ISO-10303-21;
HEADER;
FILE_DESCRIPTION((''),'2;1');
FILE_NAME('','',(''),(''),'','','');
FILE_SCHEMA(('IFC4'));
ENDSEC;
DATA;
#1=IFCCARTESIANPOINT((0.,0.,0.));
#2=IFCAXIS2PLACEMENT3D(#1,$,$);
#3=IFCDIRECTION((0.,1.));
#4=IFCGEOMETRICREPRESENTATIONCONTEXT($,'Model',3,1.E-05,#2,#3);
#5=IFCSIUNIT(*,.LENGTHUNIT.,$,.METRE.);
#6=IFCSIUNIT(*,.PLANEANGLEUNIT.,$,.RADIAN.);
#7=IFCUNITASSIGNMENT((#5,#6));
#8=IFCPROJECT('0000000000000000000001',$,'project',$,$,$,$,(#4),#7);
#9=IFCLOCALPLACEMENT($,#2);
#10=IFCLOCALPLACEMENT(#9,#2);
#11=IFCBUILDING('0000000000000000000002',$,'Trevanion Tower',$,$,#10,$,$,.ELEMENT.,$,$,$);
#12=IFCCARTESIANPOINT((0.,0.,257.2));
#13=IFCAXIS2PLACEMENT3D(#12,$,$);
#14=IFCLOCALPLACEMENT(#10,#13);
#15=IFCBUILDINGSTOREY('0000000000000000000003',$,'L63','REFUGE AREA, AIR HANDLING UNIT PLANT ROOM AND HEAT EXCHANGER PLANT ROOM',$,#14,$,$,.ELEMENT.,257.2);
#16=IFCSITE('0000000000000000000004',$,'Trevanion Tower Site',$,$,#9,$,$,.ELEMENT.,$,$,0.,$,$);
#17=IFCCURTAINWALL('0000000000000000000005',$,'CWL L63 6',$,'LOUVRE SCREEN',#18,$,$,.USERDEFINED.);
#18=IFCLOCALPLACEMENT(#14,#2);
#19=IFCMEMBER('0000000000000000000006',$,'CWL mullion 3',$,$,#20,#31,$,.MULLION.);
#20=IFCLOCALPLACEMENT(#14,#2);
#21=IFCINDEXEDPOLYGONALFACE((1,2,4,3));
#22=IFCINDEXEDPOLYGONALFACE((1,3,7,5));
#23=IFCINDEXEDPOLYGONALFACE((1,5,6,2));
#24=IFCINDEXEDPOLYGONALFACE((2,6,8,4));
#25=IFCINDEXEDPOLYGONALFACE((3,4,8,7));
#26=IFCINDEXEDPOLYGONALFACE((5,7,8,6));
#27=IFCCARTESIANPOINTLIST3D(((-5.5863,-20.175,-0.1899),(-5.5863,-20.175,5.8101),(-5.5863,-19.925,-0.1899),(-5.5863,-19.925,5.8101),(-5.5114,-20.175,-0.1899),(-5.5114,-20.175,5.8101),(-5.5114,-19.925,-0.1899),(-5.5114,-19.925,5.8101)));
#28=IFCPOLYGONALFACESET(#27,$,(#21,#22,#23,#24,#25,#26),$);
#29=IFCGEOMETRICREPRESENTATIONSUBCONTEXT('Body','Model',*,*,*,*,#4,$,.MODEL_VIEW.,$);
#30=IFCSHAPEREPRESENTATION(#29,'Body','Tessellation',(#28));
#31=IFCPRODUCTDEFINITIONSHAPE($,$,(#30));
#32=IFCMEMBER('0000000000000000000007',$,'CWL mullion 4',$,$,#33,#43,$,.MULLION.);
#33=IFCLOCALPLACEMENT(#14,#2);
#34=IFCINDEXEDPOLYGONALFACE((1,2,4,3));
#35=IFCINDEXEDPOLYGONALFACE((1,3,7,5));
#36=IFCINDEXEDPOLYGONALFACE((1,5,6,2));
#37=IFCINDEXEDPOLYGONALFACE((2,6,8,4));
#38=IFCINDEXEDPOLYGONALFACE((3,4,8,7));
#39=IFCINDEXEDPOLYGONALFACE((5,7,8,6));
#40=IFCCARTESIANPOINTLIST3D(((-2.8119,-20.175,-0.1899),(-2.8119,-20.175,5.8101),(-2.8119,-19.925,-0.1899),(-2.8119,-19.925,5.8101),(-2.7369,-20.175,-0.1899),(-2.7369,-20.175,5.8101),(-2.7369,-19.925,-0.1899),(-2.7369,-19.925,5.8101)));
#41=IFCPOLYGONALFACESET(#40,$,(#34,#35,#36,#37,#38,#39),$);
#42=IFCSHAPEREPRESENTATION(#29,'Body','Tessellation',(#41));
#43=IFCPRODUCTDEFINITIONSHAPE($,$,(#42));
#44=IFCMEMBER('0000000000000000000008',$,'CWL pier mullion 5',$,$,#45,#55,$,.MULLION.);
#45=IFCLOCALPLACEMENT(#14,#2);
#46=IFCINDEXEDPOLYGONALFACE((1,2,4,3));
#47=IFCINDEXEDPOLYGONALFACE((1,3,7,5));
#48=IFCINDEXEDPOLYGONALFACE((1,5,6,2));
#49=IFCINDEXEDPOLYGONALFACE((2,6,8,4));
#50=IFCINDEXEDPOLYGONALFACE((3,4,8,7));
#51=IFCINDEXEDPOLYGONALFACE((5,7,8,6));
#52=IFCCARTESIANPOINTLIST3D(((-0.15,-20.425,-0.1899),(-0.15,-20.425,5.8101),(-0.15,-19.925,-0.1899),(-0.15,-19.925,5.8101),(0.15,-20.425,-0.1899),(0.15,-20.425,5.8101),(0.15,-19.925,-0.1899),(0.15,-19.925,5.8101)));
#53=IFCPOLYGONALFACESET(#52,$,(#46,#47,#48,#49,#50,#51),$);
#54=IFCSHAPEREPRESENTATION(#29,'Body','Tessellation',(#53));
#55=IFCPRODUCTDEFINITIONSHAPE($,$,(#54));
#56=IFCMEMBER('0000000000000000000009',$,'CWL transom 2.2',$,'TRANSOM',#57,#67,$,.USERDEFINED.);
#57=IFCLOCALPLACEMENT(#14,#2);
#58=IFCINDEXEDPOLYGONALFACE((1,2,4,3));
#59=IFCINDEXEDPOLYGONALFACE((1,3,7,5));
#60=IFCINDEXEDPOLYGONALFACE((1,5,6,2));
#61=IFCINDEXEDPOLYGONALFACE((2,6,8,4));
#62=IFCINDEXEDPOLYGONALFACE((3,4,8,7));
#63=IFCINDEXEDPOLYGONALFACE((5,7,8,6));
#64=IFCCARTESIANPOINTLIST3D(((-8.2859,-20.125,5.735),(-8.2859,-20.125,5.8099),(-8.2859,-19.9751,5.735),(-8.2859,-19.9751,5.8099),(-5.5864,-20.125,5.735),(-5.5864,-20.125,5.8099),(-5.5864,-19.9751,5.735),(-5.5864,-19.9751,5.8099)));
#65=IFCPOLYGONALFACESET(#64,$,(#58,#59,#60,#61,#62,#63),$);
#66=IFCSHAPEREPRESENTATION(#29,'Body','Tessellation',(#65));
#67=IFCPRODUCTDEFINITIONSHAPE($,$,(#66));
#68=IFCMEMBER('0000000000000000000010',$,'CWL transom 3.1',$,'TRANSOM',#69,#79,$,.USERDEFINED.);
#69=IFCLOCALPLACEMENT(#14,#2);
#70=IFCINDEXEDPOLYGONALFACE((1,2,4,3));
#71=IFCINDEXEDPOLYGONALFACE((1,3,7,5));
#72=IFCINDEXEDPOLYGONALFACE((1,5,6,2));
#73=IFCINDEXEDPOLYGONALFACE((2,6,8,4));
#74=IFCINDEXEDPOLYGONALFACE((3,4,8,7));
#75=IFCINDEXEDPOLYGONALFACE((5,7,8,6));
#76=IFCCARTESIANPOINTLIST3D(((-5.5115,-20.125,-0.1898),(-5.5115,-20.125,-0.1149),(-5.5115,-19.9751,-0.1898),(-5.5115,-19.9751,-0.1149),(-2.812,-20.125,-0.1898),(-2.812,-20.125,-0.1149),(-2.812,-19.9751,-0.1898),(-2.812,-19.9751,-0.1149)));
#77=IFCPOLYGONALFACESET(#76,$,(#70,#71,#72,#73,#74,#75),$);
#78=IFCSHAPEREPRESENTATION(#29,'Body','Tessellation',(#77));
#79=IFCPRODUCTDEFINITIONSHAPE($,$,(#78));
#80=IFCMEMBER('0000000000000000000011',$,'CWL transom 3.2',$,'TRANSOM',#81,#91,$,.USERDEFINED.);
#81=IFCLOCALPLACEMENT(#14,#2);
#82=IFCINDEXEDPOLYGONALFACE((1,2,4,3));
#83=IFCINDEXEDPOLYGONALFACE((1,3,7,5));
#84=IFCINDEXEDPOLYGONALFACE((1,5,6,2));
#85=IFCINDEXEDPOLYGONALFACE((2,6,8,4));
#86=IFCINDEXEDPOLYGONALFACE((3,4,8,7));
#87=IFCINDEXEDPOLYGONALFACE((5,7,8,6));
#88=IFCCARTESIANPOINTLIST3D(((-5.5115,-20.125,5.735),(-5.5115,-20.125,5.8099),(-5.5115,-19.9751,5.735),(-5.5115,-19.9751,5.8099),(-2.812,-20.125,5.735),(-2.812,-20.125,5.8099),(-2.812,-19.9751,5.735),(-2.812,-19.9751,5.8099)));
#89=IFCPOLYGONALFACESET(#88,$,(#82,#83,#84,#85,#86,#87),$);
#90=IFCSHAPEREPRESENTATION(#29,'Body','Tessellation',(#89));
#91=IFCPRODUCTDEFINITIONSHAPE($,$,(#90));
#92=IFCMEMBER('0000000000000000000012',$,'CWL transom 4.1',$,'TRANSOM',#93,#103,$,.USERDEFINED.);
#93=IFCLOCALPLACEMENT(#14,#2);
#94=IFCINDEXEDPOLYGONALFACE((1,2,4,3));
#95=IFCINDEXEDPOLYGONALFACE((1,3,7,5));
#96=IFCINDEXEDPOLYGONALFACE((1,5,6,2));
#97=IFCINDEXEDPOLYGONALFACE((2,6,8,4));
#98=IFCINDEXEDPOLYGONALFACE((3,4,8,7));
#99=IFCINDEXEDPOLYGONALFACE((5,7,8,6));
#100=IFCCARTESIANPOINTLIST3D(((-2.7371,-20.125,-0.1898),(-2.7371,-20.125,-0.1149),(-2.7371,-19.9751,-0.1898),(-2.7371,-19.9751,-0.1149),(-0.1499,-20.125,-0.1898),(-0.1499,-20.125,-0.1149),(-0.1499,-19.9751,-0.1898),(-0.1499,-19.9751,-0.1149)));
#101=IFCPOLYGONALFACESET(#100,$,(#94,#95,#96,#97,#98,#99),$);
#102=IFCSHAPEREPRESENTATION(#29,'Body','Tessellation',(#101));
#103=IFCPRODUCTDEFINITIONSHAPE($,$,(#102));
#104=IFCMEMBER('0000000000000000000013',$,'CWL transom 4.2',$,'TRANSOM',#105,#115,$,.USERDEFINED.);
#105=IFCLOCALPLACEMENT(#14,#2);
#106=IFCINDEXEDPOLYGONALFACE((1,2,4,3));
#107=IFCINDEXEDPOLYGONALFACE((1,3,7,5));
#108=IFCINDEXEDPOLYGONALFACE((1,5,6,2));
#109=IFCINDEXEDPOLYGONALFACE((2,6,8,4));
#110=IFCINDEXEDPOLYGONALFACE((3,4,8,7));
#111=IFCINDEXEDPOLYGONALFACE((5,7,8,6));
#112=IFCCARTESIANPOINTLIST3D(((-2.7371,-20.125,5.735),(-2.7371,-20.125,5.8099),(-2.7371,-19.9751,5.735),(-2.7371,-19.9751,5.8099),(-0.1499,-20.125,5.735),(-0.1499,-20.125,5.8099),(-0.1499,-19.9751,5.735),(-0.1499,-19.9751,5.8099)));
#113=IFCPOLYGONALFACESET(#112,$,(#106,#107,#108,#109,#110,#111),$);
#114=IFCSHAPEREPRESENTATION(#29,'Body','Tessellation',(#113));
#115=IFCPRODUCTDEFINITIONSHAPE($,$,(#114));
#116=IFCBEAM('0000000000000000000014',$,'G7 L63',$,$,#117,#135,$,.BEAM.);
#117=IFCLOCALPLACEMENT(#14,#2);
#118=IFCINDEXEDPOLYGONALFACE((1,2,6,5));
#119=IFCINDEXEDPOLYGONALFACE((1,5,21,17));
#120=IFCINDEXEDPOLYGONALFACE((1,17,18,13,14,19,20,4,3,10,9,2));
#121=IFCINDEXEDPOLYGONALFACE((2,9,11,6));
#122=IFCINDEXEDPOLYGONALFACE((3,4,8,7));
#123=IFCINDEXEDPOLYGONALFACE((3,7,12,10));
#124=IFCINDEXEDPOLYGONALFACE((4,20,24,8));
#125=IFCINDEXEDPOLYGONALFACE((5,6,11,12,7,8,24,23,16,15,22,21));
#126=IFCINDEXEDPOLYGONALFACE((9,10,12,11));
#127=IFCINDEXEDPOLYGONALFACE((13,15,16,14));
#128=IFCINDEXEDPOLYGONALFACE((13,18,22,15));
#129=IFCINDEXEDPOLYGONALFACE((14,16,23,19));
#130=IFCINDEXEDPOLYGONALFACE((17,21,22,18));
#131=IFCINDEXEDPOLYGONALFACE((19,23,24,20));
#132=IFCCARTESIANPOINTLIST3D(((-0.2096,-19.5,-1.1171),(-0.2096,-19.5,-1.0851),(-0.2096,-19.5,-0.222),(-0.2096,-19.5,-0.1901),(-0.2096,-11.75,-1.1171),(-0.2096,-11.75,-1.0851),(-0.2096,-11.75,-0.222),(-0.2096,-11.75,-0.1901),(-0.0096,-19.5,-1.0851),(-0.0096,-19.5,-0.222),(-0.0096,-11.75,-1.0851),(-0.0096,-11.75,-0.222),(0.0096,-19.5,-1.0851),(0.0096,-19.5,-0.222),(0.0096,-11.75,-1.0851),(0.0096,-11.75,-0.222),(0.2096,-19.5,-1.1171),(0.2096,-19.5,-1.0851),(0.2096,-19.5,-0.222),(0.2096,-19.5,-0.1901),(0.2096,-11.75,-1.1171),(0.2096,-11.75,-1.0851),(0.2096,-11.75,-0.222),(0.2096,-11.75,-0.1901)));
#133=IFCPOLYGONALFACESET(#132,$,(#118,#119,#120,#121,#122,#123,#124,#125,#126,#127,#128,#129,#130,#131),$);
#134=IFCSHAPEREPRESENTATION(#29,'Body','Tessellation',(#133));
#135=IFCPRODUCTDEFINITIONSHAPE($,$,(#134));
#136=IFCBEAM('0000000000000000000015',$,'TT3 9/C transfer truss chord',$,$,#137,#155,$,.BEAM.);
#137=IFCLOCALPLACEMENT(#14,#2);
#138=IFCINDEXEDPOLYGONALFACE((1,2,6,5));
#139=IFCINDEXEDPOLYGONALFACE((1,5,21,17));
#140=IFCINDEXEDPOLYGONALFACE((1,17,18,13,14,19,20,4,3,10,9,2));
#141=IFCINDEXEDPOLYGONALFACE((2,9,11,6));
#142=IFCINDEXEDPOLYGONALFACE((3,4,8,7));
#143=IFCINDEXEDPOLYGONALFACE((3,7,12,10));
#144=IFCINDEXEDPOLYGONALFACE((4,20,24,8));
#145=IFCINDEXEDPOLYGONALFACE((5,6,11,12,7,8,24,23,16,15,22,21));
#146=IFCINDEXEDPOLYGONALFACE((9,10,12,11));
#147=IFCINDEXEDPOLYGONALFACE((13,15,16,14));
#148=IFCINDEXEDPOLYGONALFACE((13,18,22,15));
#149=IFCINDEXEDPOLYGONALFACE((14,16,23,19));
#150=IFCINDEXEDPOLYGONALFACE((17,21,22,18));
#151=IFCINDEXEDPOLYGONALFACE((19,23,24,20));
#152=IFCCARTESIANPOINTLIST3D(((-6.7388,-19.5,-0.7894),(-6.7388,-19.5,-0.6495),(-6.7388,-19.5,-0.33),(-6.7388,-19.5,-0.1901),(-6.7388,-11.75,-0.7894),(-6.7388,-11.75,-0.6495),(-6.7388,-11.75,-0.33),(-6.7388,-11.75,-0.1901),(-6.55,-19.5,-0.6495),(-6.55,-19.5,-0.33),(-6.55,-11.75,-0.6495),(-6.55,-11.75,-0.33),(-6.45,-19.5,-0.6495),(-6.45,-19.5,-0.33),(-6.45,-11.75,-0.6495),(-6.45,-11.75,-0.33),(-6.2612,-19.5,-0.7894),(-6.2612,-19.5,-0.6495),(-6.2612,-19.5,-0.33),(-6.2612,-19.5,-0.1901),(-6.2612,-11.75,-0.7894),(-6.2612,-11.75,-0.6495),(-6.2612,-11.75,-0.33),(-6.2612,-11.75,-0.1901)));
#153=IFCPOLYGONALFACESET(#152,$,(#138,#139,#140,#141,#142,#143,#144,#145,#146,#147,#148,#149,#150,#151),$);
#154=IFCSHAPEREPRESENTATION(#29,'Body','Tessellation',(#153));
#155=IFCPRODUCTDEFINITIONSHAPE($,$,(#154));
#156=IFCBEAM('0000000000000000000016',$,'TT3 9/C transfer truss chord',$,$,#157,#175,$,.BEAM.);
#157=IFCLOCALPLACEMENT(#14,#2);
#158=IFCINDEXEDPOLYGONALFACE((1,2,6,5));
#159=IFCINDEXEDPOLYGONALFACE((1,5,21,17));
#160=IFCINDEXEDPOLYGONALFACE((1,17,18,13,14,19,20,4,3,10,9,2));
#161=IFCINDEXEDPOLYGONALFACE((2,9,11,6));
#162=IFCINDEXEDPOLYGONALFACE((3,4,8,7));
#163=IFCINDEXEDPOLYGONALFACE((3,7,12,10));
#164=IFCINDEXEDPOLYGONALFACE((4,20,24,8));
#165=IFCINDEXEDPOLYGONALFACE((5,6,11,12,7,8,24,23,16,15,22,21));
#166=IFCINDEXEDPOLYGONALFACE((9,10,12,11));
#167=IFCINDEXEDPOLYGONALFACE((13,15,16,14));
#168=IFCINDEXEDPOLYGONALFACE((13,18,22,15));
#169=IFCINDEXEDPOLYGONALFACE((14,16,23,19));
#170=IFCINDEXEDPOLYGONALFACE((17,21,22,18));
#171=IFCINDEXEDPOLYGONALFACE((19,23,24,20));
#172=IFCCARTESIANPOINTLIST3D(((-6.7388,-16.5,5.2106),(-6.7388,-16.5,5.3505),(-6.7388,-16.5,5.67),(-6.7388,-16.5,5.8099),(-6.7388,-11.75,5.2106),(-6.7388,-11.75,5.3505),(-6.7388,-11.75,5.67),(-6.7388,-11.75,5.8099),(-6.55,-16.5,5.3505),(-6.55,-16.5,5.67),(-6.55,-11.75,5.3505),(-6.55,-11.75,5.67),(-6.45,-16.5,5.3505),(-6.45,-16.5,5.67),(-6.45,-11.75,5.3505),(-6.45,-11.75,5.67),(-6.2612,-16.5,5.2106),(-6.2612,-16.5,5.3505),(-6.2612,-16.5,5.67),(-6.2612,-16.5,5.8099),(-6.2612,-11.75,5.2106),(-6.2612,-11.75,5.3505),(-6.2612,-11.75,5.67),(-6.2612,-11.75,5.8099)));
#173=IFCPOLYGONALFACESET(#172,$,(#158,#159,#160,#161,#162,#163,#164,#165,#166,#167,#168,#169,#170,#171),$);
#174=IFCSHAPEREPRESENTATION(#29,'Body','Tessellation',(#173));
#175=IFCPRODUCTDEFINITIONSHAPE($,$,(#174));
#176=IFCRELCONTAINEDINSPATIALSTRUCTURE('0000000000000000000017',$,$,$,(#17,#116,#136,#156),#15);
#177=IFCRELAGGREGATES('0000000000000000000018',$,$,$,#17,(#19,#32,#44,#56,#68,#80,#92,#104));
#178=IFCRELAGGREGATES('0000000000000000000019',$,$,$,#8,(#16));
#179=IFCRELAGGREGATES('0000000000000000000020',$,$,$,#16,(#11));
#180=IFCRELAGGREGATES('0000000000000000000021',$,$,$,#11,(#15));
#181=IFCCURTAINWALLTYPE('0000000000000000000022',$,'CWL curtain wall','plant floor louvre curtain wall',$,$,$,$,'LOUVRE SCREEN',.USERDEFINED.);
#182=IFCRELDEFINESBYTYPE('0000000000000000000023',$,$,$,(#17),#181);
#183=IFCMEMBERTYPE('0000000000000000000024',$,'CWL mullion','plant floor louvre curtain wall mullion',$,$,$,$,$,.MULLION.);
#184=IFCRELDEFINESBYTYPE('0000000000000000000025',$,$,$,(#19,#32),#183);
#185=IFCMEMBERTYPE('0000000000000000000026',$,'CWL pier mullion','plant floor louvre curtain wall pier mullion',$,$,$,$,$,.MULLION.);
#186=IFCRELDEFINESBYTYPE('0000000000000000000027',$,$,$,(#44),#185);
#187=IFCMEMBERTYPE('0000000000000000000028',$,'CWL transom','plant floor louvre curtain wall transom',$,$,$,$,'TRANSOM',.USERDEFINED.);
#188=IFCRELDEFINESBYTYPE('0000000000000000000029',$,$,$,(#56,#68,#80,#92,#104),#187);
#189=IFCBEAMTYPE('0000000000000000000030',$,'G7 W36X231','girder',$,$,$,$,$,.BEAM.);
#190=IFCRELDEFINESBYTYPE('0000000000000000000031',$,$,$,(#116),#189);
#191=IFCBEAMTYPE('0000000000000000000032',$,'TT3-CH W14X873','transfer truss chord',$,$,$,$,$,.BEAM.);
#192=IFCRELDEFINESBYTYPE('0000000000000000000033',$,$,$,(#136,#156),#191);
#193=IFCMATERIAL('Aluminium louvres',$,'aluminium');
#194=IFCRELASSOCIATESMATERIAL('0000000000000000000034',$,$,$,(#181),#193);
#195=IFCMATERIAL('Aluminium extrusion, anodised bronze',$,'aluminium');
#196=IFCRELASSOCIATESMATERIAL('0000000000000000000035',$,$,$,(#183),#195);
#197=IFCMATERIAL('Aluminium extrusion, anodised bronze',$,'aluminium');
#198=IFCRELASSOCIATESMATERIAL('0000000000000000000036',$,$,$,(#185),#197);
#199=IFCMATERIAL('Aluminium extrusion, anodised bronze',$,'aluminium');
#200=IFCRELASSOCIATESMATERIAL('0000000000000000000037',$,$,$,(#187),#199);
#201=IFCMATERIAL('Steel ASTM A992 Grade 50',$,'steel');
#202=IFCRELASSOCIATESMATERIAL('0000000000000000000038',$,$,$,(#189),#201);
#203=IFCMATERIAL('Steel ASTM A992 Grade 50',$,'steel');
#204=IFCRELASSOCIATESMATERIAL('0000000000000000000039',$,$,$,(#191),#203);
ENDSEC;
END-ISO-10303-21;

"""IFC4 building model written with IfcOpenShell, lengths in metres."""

from ifc_helpers import new_model, si_unit, direction, frame, origin, origin_2d, place, context, subcontext, project, spatial, rectangle, i_section, extrude, material, material_profile, profile_set, type_object, element, aggregate, save


model = new_model("IFC4")

# Units and contexts
model_context = context("Model", 3, precision=1e-05, world=origin(), true_north=direction((0.0, 1.0)))
body_context = subcontext(model_context, "Body", "Model", "MODEL_VIEW")
ifc_project = project(units=[si_unit("LENGTHUNIT", "METRE"), si_unit("PLANEANGLEUNIT", "RADIAN")], contexts=[model_context])

# Site, building, storey
site_placement = place(None, origin())
site = spatial("IfcSite", under=ifc_project, at=site_placement, Name="Trevanion Tower Site", CompositionType="ELEMENT", RefElevation=0.0)
building_placement = place(site_placement, origin())
building = spatial("IfcBuilding", under=site, at=building_placement, Name="Trevanion Tower", CompositionType="ELEMENT")
storey_placement = place(building_placement, frame((0.0, 0.0, 257.2)))
storey = spatial("IfcBuildingStorey", under=building, at=storey_placement, Name="L63", Description="REFUGE AREA, AIR HANDLING UNIT PLANT ROOM AND HEAT EXCHANGER PLANT ROOM", CompositionType="ELEMENT", Elevation=257.2)

# Curtain wall, members
ifc_material_1 = material(Name="Aluminium louvres", Category="aluminium")
curtain_wall_type = type_object("IfcCurtainWallType", Name="CWL curtain wall", Description="plant floor louvre curtain wall", ElementType="LOUVRE SCREEN", PredefinedType="USERDEFINED", material=ifc_material_1)
curtain_wall_placement = place(storey_placement, origin())
curtain_wall = element("IfcCurtainWall", 1, at=curtain_wall_placement, inside=storey, type_object=curtain_wall_type, Name="CWL L63 6", ObjectType="LOUVRE SCREEN", PredefinedType="USERDEFINED")
ifc_material_2 = material(Name="Aluminium extrusion, anodised bronze", Category="aluminium")
ifc_material_profile_1 = material_profile(ifc_material_2, rectangle(XDim=0.075, YDim=0.25, at=origin_2d()), Name="CWL mullion")
ifc_profile_set_1 = profile_set([ifc_material_profile_1], Name="Aluminium extrusion, anodised bronze")
member_type_1 = type_object("IfcMemberType", Name="CWL mullion", Description="plant floor louvre curtain wall mullion", PredefinedType="MULLION", material=ifc_profile_set_1)
member_1_placement = place(storey_placement, frame((-5.5488, -20.05, -0.1899), z_axis=(0.0, 0.0, 1.0), x_axis=(1.0, 0.0, 0.0)))
member_1 = element("IfcMember", 2, at=member_1_placement, type_object=member_type_1, Name="CWL mullion 3", PredefinedType="MULLION", context=body_context, shape_type="SweptSolid", body=[
    extrude(rectangle(XDim=0.075, YDim=0.25, at=origin_2d()), origin(), (0.0, 0.0, 1.0), 6.0),
])
member_2_placement = place(storey_placement, frame((-2.7744, -20.05, -0.1899), z_axis=(0.0, 0.0, 1.0), x_axis=(1.0, 0.0, 0.0)))
member_2 = element("IfcMember", 3, at=member_2_placement, type_object=member_type_1, Name="CWL mullion 4", PredefinedType="MULLION", context=body_context, shape_type="SweptSolid", body=[
    extrude(rectangle(XDim=0.075, YDim=0.25, at=origin_2d()), origin(), (0.0, 0.0, 1.0), 6.0),
])
ifc_material_3 = material(Name="Aluminium extrusion, anodised bronze", Category="aluminium")
ifc_material_profile_2 = material_profile(ifc_material_3, rectangle(XDim=0.3, YDim=0.5, at=origin_2d()), Name="CWL pier mullion")
ifc_profile_set_2 = profile_set([ifc_material_profile_2], Name="Aluminium extrusion, anodised bronze")
member_type_2 = type_object("IfcMemberType", Name="CWL pier mullion", Description="plant floor louvre curtain wall pier mullion", PredefinedType="MULLION", material=ifc_profile_set_2)
member_3_placement = place(storey_placement, frame((0.0, -20.175, -0.1899), z_axis=(0.0, 0.0, 1.0), x_axis=(1.0, 0.0, 0.0)))
member_3 = element("IfcMember", 4, at=member_3_placement, type_object=member_type_2, Name="CWL pier mullion 5", PredefinedType="MULLION", context=body_context, shape_type="SweptSolid", body=[
    extrude(rectangle(XDim=0.3, YDim=0.5, at=origin_2d()), origin(), (0.0, 0.0, 1.0), 6.0),
])
ifc_material_4 = material(Name="Aluminium extrusion, anodised bronze", Category="aluminium")
ifc_material_profile_3 = material_profile(ifc_material_4, rectangle(XDim=0.1499, YDim=0.075, at=origin_2d()), Name="CWL transom")
ifc_profile_set_3 = profile_set([ifc_material_profile_3], Name="Aluminium extrusion, anodised bronze")
member_type_3 = type_object("IfcMemberType", Name="CWL transom", Description="plant floor louvre curtain wall transom", ElementType="TRANSOM", PredefinedType="USERDEFINED", material=ifc_profile_set_3)
member_4_placement = place(storey_placement, frame((-8.2859, -20.05, 5.7725), z_axis=(1.0, 0.0, 0.0), x_axis=(0.0, 1.0, 0.0)))
member_4 = element("IfcMember", 5, at=member_4_placement, type_object=member_type_3, Name="CWL transom 2.2", ObjectType="TRANSOM", PredefinedType="USERDEFINED", context=body_context, shape_type="SweptSolid", body=[
    extrude(rectangle(XDim=0.1499, YDim=0.075, at=origin_2d()), origin(), (0.0, 0.0, 1.0), 2.6995),
])
member_5_placement = place(storey_placement, frame((-5.5115, -20.05, -0.1523), z_axis=(1.0, 0.0, 0.0), x_axis=(0.0, 1.0, 0.0)))
member_5 = element("IfcMember", 6, at=member_5_placement, type_object=member_type_3, Name="CWL transom 3.1", ObjectType="TRANSOM", PredefinedType="USERDEFINED", context=body_context, shape_type="SweptSolid", body=[
    extrude(rectangle(XDim=0.1499, YDim=0.075, at=origin_2d()), origin(), (0.0, 0.0, 1.0), 2.6995),
])
member_6_placement = place(storey_placement, frame((-5.5115, -20.05, 5.7725), z_axis=(1.0, 0.0, 0.0), x_axis=(0.0, 1.0, 0.0)))
member_6 = element("IfcMember", 7, at=member_6_placement, type_object=member_type_3, Name="CWL transom 3.2", ObjectType="TRANSOM", PredefinedType="USERDEFINED", context=body_context, shape_type="SweptSolid", body=[
    extrude(rectangle(XDim=0.1499, YDim=0.075, at=origin_2d()), origin(), (0.0, 0.0, 1.0), 2.6995),
])
member_7_placement = place(storey_placement, frame((-2.7371, -20.05, -0.1523), z_axis=(1.0, 0.0, 0.0), x_axis=(0.0, 1.0, 0.0)))
member_7 = element("IfcMember", 8, at=member_7_placement, type_object=member_type_3, Name="CWL transom 4.1", ObjectType="TRANSOM", PredefinedType="USERDEFINED", context=body_context, shape_type="SweptSolid", body=[
    extrude(rectangle(XDim=0.1499, YDim=0.075, at=origin_2d()), origin(), (0.0, 0.0, 1.0), 2.5872),
])
member_8_placement = place(storey_placement, frame((-2.7371, -20.05, 5.7725), z_axis=(1.0, 0.0, 0.0), x_axis=(0.0, 1.0, 0.0)))
member_8 = element("IfcMember", 9, at=member_8_placement, type_object=member_type_3, Name="CWL transom 4.2", ObjectType="TRANSOM", PredefinedType="USERDEFINED", context=body_context, shape_type="SweptSolid", body=[
    extrude(rectangle(XDim=0.1499, YDim=0.075, at=origin_2d()), origin(), (0.0, 0.0, 1.0), 2.5872),
])

# Beams
ifc_material_5 = material(Name="Steel ASTM A992 Grade 50", Category="steel")
ifc_material_profile_4 = material_profile(ifc_material_5, i_section(OverallWidth=0.4192, OverallDepth=0.927, WebThickness=0.0193, FlangeThickness=0.032, at=origin_2d()), Name="W36X231")
ifc_profile_set_4 = profile_set([ifc_material_profile_4], Name="Steel ASTM A992 Grade 50")
beam_type_1 = type_object("IfcBeamType", Name="G7 W36X231", Description="girder", PredefinedType="BEAM", material=ifc_profile_set_4)
beam_1_placement = place(storey_placement, frame((0.0, -11.75, -0.6536), z_axis=(0.0, -1.0, 0.0), x_axis=(1.0, 0.0, 0.0)))
element("IfcBeam", 10, at=beam_1_placement, inside=storey, type_object=beam_type_1, Name="G7 L63", PredefinedType="BEAM", context=body_context, shape_type="SweptSolid", body=[
    extrude(i_section(OverallWidth=0.4192, OverallDepth=0.927, WebThickness=0.0193, FlangeThickness=0.032, at=origin_2d()), origin(), (0.0, 0.0, 1.0), 7.75),
])
ifc_material_6 = material(Name="Steel ASTM A992 Grade 50", Category="steel")
ifc_material_profile_5 = material_profile(ifc_material_6, i_section(OverallWidth=0.4775, OverallDepth=0.5994, WebThickness=0.1001, FlangeThickness=0.1399, at=origin_2d()), Name="W14X873")
ifc_profile_set_5 = profile_set([ifc_material_profile_5], Name="Steel ASTM A992 Grade 50")
beam_type_2 = type_object("IfcBeamType", Name="TT3-CH W14X873", Description="transfer truss chord", PredefinedType="BEAM", material=ifc_profile_set_5)
beam_2_placement = place(storey_placement, frame((-6.5, -11.75, -0.4897), z_axis=(0.0, -1.0, 0.0), x_axis=(1.0, 0.0, 0.0)))
element("IfcBeam", 11, at=beam_2_placement, inside=storey, type_object=beam_type_2, Name="TT3 9/C transfer truss chord", PredefinedType="BEAM", context=body_context, shape_type="SweptSolid", body=[
    extrude(i_section(OverallWidth=0.4775, OverallDepth=0.5994, WebThickness=0.1001, FlangeThickness=0.1399, at=origin_2d()), origin(), (0.0, 0.0, 1.0), 7.75),
])
beam_3_placement = place(storey_placement, frame((-6.5, -11.75, 5.5103), z_axis=(0.0, -1.0, 0.0), x_axis=(1.0, 0.0, 0.0)))
element("IfcBeam", 12, at=beam_3_placement, inside=storey, type_object=beam_type_2, Name="TT3 9/C transfer truss chord", PredefinedType="BEAM", context=body_context, shape_type="SweptSolid", body=[
    extrude(i_section(OverallWidth=0.4775, OverallDepth=0.5994, WebThickness=0.1001, FlangeThickness=0.1399, at=origin_2d()), origin(), (0.0, 0.0, 1.0), 4.75),
])

aggregate(curtain_wall, [member_1, member_2, member_3, member_4, member_5, member_6, member_7, member_8])

save(model, "model.ifc")
